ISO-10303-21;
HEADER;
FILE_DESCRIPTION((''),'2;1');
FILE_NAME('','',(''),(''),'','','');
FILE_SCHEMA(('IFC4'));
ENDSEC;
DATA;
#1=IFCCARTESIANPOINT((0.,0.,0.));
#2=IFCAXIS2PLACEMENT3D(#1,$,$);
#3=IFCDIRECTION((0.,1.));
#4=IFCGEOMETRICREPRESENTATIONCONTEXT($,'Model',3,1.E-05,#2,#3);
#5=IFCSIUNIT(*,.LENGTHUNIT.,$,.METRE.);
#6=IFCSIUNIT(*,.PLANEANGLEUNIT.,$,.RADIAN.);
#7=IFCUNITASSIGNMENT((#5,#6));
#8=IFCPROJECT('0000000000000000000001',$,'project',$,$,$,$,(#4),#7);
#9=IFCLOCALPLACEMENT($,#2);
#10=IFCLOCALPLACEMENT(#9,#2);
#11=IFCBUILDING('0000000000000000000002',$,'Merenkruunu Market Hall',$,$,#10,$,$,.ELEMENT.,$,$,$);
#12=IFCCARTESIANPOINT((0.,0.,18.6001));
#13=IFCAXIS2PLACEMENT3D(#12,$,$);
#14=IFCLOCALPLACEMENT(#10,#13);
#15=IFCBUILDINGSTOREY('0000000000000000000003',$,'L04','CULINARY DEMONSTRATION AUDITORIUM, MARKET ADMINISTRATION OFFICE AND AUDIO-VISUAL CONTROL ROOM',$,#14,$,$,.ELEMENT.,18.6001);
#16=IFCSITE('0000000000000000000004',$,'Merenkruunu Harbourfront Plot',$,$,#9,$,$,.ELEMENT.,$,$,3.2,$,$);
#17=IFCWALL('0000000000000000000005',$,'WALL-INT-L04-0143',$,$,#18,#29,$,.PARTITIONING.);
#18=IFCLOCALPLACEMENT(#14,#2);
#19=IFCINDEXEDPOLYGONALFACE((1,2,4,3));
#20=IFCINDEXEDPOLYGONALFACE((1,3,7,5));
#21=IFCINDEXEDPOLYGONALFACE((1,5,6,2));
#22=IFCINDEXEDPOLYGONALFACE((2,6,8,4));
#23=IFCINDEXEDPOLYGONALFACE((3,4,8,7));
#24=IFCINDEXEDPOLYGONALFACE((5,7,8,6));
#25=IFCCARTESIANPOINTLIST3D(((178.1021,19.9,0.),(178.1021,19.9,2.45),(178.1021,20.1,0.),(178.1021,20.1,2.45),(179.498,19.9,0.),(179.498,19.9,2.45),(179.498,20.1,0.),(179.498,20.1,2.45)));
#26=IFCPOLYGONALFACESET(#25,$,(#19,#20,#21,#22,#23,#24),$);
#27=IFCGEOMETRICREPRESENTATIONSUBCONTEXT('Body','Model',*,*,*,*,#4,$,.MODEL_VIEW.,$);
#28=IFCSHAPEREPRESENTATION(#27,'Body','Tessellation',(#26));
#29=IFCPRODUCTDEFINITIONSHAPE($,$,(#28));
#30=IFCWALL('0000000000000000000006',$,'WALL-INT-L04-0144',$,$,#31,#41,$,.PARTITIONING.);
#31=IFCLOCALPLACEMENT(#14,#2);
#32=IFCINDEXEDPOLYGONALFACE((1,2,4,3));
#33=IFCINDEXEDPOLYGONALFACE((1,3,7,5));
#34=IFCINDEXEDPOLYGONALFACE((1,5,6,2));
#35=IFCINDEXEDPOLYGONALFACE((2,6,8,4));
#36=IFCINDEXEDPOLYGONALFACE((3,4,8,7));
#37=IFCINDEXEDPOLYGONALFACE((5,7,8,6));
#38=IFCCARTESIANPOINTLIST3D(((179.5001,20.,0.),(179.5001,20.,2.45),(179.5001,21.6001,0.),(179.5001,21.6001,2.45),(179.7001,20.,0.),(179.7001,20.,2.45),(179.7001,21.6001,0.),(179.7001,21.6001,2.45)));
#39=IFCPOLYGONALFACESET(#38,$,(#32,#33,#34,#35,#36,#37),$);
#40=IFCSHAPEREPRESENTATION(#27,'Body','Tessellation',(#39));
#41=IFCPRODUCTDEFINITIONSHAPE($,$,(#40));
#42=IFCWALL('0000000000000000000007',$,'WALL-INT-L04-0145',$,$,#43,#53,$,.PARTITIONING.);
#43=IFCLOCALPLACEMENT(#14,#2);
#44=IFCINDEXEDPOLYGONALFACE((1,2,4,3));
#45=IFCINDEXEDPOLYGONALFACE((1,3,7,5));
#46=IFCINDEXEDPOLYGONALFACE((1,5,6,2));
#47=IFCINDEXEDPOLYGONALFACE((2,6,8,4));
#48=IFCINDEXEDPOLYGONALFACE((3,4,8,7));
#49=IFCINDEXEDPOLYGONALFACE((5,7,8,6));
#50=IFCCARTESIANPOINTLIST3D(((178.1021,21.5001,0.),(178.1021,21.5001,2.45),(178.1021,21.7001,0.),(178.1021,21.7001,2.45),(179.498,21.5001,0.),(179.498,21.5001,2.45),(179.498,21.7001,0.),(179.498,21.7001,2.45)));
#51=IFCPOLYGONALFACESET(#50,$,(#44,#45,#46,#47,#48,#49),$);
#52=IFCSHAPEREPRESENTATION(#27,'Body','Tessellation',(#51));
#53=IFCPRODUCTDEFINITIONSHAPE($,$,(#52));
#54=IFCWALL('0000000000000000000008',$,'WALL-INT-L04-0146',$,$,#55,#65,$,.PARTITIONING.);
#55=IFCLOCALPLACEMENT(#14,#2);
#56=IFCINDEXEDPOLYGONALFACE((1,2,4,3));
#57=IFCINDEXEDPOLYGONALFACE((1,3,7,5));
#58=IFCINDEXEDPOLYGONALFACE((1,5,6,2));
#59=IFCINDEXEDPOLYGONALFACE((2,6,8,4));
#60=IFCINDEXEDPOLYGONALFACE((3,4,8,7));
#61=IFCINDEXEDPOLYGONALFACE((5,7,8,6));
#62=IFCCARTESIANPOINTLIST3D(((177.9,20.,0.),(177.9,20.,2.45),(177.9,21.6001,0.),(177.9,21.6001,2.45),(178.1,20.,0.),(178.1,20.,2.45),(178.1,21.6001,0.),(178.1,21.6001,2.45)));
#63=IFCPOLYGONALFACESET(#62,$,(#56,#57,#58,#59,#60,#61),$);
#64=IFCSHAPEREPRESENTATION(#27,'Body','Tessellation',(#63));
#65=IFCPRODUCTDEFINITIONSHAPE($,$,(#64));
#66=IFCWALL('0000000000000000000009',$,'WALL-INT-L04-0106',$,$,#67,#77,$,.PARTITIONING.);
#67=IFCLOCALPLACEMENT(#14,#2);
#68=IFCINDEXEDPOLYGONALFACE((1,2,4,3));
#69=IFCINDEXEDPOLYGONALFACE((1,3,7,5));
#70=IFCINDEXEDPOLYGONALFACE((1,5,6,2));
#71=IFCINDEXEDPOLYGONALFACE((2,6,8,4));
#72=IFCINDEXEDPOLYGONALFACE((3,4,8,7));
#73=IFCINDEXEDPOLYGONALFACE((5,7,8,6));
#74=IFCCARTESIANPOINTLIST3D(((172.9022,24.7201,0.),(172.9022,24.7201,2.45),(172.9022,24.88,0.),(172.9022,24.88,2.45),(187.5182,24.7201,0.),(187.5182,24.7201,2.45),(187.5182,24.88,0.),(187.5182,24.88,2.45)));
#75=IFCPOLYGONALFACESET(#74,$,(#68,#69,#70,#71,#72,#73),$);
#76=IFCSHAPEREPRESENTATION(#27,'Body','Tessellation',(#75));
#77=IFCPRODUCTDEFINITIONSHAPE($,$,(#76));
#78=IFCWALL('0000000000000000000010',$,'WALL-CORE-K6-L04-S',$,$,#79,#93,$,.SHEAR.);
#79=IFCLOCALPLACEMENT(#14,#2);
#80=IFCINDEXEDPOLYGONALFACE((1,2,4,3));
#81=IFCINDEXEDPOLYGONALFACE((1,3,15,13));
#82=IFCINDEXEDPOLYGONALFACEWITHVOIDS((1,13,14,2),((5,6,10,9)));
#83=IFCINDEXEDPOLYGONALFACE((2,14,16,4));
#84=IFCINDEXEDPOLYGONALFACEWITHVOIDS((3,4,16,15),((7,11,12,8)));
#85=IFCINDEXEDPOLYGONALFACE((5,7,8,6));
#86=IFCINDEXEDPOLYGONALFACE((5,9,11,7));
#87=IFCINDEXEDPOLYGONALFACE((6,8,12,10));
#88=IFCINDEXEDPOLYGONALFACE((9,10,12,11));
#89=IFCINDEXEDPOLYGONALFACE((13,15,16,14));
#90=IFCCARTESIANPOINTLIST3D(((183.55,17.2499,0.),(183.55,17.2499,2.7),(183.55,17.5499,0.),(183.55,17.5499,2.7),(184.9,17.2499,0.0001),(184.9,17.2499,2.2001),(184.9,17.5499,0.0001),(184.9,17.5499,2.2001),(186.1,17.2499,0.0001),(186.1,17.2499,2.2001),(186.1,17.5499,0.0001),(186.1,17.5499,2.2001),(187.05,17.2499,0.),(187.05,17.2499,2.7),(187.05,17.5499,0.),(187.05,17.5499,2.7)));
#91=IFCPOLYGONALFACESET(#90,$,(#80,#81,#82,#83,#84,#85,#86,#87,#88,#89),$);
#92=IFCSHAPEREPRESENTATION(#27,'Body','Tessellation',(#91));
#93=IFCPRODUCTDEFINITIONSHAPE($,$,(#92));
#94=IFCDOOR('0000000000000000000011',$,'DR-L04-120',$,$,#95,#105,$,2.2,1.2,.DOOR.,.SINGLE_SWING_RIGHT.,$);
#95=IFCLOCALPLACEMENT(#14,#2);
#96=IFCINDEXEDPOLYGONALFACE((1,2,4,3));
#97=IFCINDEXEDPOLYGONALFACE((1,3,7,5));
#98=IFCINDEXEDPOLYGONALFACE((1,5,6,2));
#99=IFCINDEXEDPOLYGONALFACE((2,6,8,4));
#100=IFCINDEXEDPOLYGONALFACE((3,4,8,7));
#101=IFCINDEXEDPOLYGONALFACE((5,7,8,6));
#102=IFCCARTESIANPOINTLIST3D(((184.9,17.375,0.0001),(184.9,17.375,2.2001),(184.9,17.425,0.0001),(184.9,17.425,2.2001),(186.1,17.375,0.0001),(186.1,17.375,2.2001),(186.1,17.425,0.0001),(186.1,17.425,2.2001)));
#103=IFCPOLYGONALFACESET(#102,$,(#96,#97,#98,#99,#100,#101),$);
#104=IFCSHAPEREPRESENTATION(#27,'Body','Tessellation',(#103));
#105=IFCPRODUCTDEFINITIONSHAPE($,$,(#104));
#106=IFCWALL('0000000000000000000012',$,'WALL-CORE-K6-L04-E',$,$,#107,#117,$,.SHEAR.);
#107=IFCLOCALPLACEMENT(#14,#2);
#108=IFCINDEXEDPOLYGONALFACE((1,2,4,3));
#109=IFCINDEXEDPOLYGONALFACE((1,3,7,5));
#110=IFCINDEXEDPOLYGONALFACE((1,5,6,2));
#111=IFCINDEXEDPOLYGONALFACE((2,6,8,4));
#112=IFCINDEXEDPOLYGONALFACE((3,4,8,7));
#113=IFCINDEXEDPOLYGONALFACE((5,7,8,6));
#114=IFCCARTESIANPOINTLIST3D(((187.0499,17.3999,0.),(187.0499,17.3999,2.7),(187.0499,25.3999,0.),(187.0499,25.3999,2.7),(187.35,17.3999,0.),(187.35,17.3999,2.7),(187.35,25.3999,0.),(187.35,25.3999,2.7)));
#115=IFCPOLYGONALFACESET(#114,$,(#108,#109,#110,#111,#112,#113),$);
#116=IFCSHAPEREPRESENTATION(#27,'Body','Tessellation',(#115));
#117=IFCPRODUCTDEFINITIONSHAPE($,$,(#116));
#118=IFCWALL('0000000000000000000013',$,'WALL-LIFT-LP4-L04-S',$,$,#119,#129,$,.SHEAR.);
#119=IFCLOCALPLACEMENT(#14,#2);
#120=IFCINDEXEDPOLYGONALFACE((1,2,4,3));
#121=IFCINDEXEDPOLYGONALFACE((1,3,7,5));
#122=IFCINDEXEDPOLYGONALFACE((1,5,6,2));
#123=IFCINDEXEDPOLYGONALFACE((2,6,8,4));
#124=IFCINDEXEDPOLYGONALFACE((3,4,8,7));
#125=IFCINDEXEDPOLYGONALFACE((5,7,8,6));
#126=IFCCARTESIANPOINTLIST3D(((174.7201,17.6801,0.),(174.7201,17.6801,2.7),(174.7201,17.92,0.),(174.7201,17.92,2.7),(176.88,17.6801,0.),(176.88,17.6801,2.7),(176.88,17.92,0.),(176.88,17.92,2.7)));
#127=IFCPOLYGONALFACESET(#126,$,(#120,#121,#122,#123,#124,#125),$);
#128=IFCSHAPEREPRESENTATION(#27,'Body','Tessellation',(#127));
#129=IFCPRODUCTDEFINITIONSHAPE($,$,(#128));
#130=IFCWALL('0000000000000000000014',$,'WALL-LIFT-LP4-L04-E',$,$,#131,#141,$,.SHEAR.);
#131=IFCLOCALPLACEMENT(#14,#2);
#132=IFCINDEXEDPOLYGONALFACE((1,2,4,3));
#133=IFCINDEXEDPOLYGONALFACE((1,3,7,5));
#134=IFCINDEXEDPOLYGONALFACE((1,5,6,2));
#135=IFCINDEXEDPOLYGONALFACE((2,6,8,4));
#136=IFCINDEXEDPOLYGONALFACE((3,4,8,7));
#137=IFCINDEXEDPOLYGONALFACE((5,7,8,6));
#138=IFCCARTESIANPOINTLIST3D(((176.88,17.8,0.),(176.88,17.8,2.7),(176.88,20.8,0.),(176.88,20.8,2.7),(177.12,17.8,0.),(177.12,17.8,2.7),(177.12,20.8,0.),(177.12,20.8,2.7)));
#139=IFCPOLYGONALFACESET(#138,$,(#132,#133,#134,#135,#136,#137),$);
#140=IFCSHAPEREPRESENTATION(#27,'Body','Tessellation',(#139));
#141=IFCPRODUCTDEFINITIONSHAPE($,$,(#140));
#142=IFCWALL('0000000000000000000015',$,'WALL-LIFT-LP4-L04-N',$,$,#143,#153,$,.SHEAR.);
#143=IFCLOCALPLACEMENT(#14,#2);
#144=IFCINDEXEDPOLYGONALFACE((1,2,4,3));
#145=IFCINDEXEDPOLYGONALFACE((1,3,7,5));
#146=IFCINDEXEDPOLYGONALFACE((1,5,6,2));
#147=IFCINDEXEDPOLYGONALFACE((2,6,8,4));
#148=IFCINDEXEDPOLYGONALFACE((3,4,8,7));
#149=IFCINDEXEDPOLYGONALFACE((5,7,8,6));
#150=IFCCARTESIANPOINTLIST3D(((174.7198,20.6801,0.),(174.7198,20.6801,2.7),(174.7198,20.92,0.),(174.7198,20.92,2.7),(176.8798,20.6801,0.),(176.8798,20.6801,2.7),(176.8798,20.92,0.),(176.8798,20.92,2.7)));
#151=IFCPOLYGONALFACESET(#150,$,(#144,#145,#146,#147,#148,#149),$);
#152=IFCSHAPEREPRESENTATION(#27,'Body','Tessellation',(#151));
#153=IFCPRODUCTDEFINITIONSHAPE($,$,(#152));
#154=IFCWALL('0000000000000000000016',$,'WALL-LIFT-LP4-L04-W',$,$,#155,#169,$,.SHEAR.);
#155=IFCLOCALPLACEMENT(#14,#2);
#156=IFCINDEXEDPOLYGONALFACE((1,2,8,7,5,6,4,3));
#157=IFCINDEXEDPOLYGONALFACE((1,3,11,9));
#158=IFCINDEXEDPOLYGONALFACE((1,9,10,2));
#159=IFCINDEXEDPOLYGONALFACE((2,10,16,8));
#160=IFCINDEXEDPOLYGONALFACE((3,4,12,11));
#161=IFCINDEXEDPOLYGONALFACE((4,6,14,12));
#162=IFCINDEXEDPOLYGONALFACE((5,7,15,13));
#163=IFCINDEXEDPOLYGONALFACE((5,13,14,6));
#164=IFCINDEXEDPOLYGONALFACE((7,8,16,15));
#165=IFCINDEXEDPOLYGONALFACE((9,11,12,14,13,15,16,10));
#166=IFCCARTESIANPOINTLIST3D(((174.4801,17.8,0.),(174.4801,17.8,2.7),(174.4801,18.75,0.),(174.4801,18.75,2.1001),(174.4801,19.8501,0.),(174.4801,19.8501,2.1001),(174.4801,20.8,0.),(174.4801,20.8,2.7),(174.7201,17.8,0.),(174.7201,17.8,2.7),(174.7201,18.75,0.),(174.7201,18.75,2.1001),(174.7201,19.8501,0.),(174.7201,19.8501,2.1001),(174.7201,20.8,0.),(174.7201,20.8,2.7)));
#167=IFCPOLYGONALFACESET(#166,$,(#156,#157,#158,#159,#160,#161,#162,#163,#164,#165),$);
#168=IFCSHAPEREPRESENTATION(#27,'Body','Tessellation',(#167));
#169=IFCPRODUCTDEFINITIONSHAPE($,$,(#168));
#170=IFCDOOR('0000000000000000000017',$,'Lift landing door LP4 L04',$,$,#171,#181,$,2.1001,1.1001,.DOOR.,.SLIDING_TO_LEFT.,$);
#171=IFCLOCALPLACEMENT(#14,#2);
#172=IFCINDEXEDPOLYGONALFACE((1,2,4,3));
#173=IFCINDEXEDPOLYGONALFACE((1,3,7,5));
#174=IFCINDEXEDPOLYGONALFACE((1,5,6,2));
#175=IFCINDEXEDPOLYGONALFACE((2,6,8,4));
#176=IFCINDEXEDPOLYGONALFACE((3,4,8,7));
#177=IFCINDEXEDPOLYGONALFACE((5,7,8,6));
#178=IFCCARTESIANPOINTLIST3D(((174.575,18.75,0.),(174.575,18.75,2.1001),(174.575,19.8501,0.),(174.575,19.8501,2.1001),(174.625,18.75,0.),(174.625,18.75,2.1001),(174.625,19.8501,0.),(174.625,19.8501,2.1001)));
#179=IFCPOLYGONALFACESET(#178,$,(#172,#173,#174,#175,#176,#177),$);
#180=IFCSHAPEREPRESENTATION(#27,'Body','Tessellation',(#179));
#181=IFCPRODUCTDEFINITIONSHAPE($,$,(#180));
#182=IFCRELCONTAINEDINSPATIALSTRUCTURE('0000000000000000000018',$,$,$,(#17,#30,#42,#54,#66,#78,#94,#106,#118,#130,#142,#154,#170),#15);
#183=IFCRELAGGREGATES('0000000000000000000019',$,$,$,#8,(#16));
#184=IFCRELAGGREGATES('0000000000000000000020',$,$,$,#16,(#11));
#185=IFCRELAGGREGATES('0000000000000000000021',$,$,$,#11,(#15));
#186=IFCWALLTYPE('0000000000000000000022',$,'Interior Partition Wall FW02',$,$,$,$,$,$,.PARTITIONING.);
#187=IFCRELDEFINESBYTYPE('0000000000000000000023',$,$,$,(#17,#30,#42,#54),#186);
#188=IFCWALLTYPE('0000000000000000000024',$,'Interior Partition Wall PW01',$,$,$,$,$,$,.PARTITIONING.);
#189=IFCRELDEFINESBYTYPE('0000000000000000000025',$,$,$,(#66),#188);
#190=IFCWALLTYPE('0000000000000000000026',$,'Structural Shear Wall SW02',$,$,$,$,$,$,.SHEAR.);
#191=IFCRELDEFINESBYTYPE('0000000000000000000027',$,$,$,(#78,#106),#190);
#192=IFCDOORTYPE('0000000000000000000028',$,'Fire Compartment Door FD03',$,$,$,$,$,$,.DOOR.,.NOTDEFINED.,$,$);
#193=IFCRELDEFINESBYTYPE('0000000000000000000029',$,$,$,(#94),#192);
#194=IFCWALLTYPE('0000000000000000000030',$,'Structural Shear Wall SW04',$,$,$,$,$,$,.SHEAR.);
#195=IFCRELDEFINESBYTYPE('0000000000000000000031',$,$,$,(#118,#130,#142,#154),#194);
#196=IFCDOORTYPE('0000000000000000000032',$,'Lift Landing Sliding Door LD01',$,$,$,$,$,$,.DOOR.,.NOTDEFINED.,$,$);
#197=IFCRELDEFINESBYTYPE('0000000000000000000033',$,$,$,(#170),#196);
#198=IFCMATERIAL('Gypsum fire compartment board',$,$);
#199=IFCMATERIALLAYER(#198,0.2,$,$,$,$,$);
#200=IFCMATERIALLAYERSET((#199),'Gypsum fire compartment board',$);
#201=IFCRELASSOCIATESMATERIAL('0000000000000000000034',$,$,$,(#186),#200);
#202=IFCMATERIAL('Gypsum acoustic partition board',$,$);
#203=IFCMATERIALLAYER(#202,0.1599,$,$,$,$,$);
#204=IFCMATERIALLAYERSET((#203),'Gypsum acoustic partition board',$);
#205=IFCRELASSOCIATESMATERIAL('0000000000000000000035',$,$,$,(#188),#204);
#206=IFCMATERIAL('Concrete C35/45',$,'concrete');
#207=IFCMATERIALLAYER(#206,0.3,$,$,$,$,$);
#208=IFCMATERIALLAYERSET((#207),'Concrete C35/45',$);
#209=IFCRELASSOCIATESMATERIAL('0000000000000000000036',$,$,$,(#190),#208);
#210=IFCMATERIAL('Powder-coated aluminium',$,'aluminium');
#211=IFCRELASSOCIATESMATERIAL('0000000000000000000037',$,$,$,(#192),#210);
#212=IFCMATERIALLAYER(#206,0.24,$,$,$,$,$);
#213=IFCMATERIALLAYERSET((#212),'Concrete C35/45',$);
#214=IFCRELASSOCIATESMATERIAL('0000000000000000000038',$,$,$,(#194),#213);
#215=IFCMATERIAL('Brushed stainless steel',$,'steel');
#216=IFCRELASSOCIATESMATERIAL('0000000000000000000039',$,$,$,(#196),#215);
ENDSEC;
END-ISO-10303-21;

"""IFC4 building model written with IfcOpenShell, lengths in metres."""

from ifc_helpers import new_model, si_unit, direction, frame, frame_2d, origin, place, context, subcontext, project, spatial, rectangle, extrude, material, layer, layer_set, type_object, element, fill, save


model = new_model("IFC4")

# Units and contexts
model_context = context("Model", 3, precision=1e-05, world=origin(), true_north=direction((0.0, 1.0)))
body_context = subcontext(model_context, "Body", "Model", "MODEL_VIEW")
ifc_project = project(units=[si_unit("LENGTHUNIT", "METRE"), si_unit("PLANEANGLEUNIT", "RADIAN")], contexts=[model_context])

# Site, building, storey
site_placement = place(None, origin())
site = spatial("IfcSite", under=ifc_project, at=site_placement, Name="Merenkruunu Harbourfront Plot", CompositionType="ELEMENT", RefElevation=3.2)
building_placement = place(site_placement, origin())
building = spatial("IfcBuilding", under=site, at=building_placement, Name="Merenkruunu Market Hall", CompositionType="ELEMENT")
storey_placement = place(building_placement, frame((0.0, 0.0, 18.6001)))
storey = spatial("IfcBuildingStorey", under=building, at=storey_placement, Name="L04", Description="CULINARY DEMONSTRATION AUDITORIUM, MARKET ADMINISTRATION OFFICE AND AUDIO-VISUAL CONTROL ROOM", CompositionType="ELEMENT", Elevation=18.6001)

# Walls
ifc_material_1 = material(Name="Gypsum fire compartment board")
ifc_layer_1 = layer(ifc_material_1, 0.2)
ifc_layer_set_1 = layer_set([ifc_layer_1], Name="Gypsum fire compartment board")
wall_type_1 = type_object("IfcWallType", Name="Interior Partition Wall FW02", PredefinedType="PARTITIONING", material=ifc_layer_set_1)
wall_1_placement = place(storey_placement, frame((178.1021, 20.0, 0.0), z_axis=(0.0, 0.0, 1.0), x_axis=(1.0, 0.0, 0.0)))
element("IfcWall", 1, at=wall_1_placement, inside=storey, type_object=wall_type_1, Name="WALL-INT-L04-0143", PredefinedType="PARTITIONING", context=body_context, shape_type="SweptSolid", body=[
    extrude(rectangle(XDim=1.396, YDim=0.2, at=frame_2d((0.698, 0.0))), origin(), (0.0, 0.0, 1.0), 2.45),
])
wall_2_placement = place(storey_placement, frame((179.6001, 20.0, 0.0), z_axis=(0.0, 0.0, 1.0), x_axis=(0.0, 1.0, 0.0)))
element("IfcWall", 2, at=wall_2_placement, inside=storey, type_object=wall_type_1, Name="WALL-INT-L04-0144", PredefinedType="PARTITIONING", context=body_context, shape_type="SweptSolid", body=[
    extrude(rectangle(XDim=1.6001, YDim=0.2, at=frame_2d((0.8, 0.0))), origin(), (0.0, 0.0, 1.0), 2.45),
])
wall_3_placement = place(storey_placement, frame((179.498, 21.6001, 0.0), z_axis=(0.0, 0.0, 1.0), x_axis=(-1.0, 0.0, 0.0)))
element("IfcWall", 3, at=wall_3_placement, inside=storey, type_object=wall_type_1, Name="WALL-INT-L04-0145", PredefinedType="PARTITIONING", context=body_context, shape_type="SweptSolid", body=[
    extrude(rectangle(XDim=1.396, YDim=0.2, at=frame_2d((0.698, 0.0))), origin(), (0.0, 0.0, 1.0), 2.45),
])
wall_4_placement = place(storey_placement, frame((178.0, 21.6001, 0.0), z_axis=(0.0, 0.0, 1.0), x_axis=(0.0, -1.0, 0.0)))
element("IfcWall", 4, at=wall_4_placement, inside=storey, type_object=wall_type_1, Name="WALL-INT-L04-0146", PredefinedType="PARTITIONING", context=body_context, shape_type="SweptSolid", body=[
    extrude(rectangle(XDim=1.6001, YDim=0.2, at=frame_2d((0.8, 0.0))), origin(), (0.0, 0.0, 1.0), 2.45),
])
ifc_material_2 = material(Name="Gypsum acoustic partition board")
ifc_layer_2 = layer(ifc_material_2, 0.1599)
ifc_layer_set_2 = layer_set([ifc_layer_2], Name="Gypsum acoustic partition board")
wall_type_2 = type_object("IfcWallType", Name="Interior Partition Wall PW01", PredefinedType="PARTITIONING", material=ifc_layer_set_2)
wall_5_placement = place(storey_placement, frame((172.9021, 24.8, 0.0), z_axis=(0.0, 0.0, 1.0), x_axis=(1.0, 0.0, 0.0)))
element("IfcWall", 5, at=wall_5_placement, inside=storey, type_object=wall_type_2, Name="WALL-INT-L04-0106", PredefinedType="PARTITIONING", context=body_context, shape_type="SweptSolid", body=[
    extrude(rectangle(XDim=14.616, YDim=0.1599, at=frame_2d((7.3081, 0.0))), origin(), (0.0, 0.0, 1.0), 2.45),
])

# Wall, opening, door
ifc_material_3 = material(Name="Concrete C35/45", Category="concrete")
ifc_layer_3 = layer(ifc_material_3, 0.3)
ifc_layer_set_3 = layer_set([ifc_layer_3], Name="Concrete C35/45")
wall_type_3 = type_object("IfcWallType", Name="Structural Shear Wall SW02", PredefinedType="SHEAR", material=ifc_layer_set_3)
wall_6_placement = place(storey_placement, frame((187.05, 17.3999, 0.0), z_axis=(0.0, 0.0, 1.0), x_axis=(-1.0, 0.0, 0.0)))
wall_6 = element("IfcWall", 6, at=wall_6_placement, inside=storey, type_object=wall_type_3, Name="WALL-CORE-K6-L04-S", PredefinedType="SHEAR", context=body_context, shape_type="SweptSolid", body=[
    extrude(rectangle(XDim=3.5, YDim=0.3, at=frame_2d((1.75, 0.0))), origin(), (0.0, 0.0, 1.0), 2.7),
])
opening_1_placement = place(wall_6_placement, frame((0.95, 0.0, 0.0)))
opening_1 = element("IfcOpeningElement", 7, at=opening_1_placement, cuts=wall_6, PredefinedType="OPENING", context=body_context, shape_type="SweptSolid", body=[
    extrude(rectangle(XDim=1.2, YDim=2.2, at=frame_2d((0.6001, 1.1001))), frame((0.0, 0.1602, 0.0), z_axis=(0.0, -1.0, 0.0), x_axis=(1.0, 0.0, 0.0)), (0.0, 0.0, 1.0), 0.3201),
])
ifc_material_4 = material(Name="Powder-coated aluminium", Category="aluminium")
door_type_1 = type_object("IfcDoorType", Name="Fire Compartment Door FD03", OperationType="NOTDEFINED", PredefinedType="DOOR", material=ifc_material_4)
door_1_placement = place(opening_1_placement, origin())
door_1 = element("IfcDoor", 8, at=door_1_placement, inside=storey, type_object=door_type_1, Name="DR-L04-120", OperationType="SINGLE_SWING_RIGHT", OverallHeight=2.2, OverallWidth=1.2, PredefinedType="DOOR", context=body_context, shape_type="SweptSolid", body=[
    extrude(rectangle(XDim=1.2, YDim=2.2, at=frame_2d((0.6001, 1.1001))), frame((0.0, 0.0249, 0.0), z_axis=(0.0, -1.0, 0.0), x_axis=(1.0, 0.0, 0.0)), (0.0, 0.0, 1.0), 0.05),
])
fill(opening_1, door_1)

# Walls
wall_7_placement = place(storey_placement, frame((187.2, 17.3999, 0.0), z_axis=(0.0, 0.0, 1.0), x_axis=(0.0, 1.0, 0.0)))
element("IfcWall", 9, at=wall_7_placement, inside=storey, type_object=wall_type_3, Name="WALL-CORE-K6-L04-E", PredefinedType="SHEAR", context=body_context, shape_type="SweptSolid", body=[
    extrude(rectangle(XDim=8.0, YDim=0.3, at=frame_2d((4.0, 0.0))), origin(), (0.0, 0.0, 1.0), 2.7),
])
ifc_layer_4 = layer(ifc_material_3, 0.24)
ifc_layer_set_4 = layer_set([ifc_layer_4], Name="Concrete C35/45")
wall_type_4 = type_object("IfcWallType", Name="Structural Shear Wall SW04", PredefinedType="SHEAR", material=ifc_layer_set_4)
wall_8_placement = place(storey_placement, frame((174.72, 17.8, 0.0), z_axis=(0.0, 0.0, 1.0), x_axis=(1.0, 0.0, 0.0)))
element("IfcWall", 10, at=wall_8_placement, inside=storey, type_object=wall_type_4, Name="WALL-LIFT-LP4-L04-S", PredefinedType="SHEAR", context=body_context, shape_type="SweptSolid", body=[
    extrude(rectangle(XDim=2.1599, YDim=0.24, at=frame_2d((1.0801, 0.0))), origin(), (0.0, 0.0, 1.0), 2.7),
])
wall_9_placement = place(storey_placement, frame((177.0, 17.8, 0.0), z_axis=(0.0, 0.0, 1.0), x_axis=(0.0, 1.0, 0.0)))
element("IfcWall", 11, at=wall_9_placement, inside=storey, type_object=wall_type_4, Name="WALL-LIFT-LP4-L04-E", PredefinedType="SHEAR", context=body_context, shape_type="SweptSolid", body=[
    extrude(rectangle(XDim=3.0, YDim=0.24, at=frame_2d((1.5, 0.0))), origin(), (0.0, 0.0, 1.0), 2.7),
])
wall_10_placement = place(storey_placement, frame((176.8799, 20.8, 0.0), z_axis=(0.0, 0.0, 1.0), x_axis=(-1.0, 0.0, 0.0)))
element("IfcWall", 12, at=wall_10_placement, inside=storey, type_object=wall_type_4, Name="WALL-LIFT-LP4-L04-N", PredefinedType="SHEAR", context=body_context, shape_type="SweptSolid", body=[
    extrude(rectangle(XDim=2.1599, YDim=0.24, at=frame_2d((1.0801, 0.0))), origin(), (0.0, 0.0, 1.0), 2.7),
])

# Wall, opening, door
wall_11_placement = place(storey_placement, frame((174.6001, 20.8, 0.0), z_axis=(0.0, 0.0, 1.0), x_axis=(0.0, -1.0, 0.0)))
wall_11 = element("IfcWall", 13, at=wall_11_placement, inside=storey, type_object=wall_type_4, Name="WALL-LIFT-LP4-L04-W", PredefinedType="SHEAR", context=body_context, shape_type="SweptSolid", body=[
    extrude(rectangle(XDim=3.0, YDim=0.24, at=frame_2d((1.5, 0.0))), origin(), (0.0, 0.0, 1.0), 2.7),
])
opening_2_placement = place(wall_11_placement, frame((0.95, 0.0, 0.0)))
opening_2 = element("IfcOpeningElement", 14, at=opening_2_placement, cuts=wall_11, PredefinedType="OPENING", context=body_context, shape_type="SweptSolid", body=[
    extrude(rectangle(XDim=1.1001, YDim=2.1001, at=frame_2d((0.55, 1.05))), frame((0.0, 0.1299, 0.0), z_axis=(0.0, -1.0, 0.0), x_axis=(1.0, 0.0, 0.0)), (0.0, 0.0, 1.0), 0.26),
])
ifc_material_5 = material(Name="Brushed stainless steel", Category="steel")
door_type_2 = type_object("IfcDoorType", Name="Lift Landing Sliding Door LD01", OperationType="NOTDEFINED", PredefinedType="DOOR", material=ifc_material_5)
door_2_placement = place(opening_2_placement, origin())
door_2 = element("IfcDoor", 15, at=door_2_placement, inside=storey, type_object=door_type_2, Name="Lift landing door LP4 L04", OperationType="SLIDING_TO_LEFT", OverallHeight=2.1001, OverallWidth=1.1001, PredefinedType="DOOR", context=body_context, shape_type="SweptSolid", body=[
    extrude(rectangle(XDim=1.1001, YDim=2.1001, at=frame_2d((0.55, 1.05))), frame((0.0, 0.0249, 0.0), z_axis=(0.0, -1.0, 0.0), x_axis=(1.0, 0.0, 0.0)), (0.0, 0.0, 1.0), 0.05),
])
fill(opening_2, door_2)

save(model, "model.ifc")
